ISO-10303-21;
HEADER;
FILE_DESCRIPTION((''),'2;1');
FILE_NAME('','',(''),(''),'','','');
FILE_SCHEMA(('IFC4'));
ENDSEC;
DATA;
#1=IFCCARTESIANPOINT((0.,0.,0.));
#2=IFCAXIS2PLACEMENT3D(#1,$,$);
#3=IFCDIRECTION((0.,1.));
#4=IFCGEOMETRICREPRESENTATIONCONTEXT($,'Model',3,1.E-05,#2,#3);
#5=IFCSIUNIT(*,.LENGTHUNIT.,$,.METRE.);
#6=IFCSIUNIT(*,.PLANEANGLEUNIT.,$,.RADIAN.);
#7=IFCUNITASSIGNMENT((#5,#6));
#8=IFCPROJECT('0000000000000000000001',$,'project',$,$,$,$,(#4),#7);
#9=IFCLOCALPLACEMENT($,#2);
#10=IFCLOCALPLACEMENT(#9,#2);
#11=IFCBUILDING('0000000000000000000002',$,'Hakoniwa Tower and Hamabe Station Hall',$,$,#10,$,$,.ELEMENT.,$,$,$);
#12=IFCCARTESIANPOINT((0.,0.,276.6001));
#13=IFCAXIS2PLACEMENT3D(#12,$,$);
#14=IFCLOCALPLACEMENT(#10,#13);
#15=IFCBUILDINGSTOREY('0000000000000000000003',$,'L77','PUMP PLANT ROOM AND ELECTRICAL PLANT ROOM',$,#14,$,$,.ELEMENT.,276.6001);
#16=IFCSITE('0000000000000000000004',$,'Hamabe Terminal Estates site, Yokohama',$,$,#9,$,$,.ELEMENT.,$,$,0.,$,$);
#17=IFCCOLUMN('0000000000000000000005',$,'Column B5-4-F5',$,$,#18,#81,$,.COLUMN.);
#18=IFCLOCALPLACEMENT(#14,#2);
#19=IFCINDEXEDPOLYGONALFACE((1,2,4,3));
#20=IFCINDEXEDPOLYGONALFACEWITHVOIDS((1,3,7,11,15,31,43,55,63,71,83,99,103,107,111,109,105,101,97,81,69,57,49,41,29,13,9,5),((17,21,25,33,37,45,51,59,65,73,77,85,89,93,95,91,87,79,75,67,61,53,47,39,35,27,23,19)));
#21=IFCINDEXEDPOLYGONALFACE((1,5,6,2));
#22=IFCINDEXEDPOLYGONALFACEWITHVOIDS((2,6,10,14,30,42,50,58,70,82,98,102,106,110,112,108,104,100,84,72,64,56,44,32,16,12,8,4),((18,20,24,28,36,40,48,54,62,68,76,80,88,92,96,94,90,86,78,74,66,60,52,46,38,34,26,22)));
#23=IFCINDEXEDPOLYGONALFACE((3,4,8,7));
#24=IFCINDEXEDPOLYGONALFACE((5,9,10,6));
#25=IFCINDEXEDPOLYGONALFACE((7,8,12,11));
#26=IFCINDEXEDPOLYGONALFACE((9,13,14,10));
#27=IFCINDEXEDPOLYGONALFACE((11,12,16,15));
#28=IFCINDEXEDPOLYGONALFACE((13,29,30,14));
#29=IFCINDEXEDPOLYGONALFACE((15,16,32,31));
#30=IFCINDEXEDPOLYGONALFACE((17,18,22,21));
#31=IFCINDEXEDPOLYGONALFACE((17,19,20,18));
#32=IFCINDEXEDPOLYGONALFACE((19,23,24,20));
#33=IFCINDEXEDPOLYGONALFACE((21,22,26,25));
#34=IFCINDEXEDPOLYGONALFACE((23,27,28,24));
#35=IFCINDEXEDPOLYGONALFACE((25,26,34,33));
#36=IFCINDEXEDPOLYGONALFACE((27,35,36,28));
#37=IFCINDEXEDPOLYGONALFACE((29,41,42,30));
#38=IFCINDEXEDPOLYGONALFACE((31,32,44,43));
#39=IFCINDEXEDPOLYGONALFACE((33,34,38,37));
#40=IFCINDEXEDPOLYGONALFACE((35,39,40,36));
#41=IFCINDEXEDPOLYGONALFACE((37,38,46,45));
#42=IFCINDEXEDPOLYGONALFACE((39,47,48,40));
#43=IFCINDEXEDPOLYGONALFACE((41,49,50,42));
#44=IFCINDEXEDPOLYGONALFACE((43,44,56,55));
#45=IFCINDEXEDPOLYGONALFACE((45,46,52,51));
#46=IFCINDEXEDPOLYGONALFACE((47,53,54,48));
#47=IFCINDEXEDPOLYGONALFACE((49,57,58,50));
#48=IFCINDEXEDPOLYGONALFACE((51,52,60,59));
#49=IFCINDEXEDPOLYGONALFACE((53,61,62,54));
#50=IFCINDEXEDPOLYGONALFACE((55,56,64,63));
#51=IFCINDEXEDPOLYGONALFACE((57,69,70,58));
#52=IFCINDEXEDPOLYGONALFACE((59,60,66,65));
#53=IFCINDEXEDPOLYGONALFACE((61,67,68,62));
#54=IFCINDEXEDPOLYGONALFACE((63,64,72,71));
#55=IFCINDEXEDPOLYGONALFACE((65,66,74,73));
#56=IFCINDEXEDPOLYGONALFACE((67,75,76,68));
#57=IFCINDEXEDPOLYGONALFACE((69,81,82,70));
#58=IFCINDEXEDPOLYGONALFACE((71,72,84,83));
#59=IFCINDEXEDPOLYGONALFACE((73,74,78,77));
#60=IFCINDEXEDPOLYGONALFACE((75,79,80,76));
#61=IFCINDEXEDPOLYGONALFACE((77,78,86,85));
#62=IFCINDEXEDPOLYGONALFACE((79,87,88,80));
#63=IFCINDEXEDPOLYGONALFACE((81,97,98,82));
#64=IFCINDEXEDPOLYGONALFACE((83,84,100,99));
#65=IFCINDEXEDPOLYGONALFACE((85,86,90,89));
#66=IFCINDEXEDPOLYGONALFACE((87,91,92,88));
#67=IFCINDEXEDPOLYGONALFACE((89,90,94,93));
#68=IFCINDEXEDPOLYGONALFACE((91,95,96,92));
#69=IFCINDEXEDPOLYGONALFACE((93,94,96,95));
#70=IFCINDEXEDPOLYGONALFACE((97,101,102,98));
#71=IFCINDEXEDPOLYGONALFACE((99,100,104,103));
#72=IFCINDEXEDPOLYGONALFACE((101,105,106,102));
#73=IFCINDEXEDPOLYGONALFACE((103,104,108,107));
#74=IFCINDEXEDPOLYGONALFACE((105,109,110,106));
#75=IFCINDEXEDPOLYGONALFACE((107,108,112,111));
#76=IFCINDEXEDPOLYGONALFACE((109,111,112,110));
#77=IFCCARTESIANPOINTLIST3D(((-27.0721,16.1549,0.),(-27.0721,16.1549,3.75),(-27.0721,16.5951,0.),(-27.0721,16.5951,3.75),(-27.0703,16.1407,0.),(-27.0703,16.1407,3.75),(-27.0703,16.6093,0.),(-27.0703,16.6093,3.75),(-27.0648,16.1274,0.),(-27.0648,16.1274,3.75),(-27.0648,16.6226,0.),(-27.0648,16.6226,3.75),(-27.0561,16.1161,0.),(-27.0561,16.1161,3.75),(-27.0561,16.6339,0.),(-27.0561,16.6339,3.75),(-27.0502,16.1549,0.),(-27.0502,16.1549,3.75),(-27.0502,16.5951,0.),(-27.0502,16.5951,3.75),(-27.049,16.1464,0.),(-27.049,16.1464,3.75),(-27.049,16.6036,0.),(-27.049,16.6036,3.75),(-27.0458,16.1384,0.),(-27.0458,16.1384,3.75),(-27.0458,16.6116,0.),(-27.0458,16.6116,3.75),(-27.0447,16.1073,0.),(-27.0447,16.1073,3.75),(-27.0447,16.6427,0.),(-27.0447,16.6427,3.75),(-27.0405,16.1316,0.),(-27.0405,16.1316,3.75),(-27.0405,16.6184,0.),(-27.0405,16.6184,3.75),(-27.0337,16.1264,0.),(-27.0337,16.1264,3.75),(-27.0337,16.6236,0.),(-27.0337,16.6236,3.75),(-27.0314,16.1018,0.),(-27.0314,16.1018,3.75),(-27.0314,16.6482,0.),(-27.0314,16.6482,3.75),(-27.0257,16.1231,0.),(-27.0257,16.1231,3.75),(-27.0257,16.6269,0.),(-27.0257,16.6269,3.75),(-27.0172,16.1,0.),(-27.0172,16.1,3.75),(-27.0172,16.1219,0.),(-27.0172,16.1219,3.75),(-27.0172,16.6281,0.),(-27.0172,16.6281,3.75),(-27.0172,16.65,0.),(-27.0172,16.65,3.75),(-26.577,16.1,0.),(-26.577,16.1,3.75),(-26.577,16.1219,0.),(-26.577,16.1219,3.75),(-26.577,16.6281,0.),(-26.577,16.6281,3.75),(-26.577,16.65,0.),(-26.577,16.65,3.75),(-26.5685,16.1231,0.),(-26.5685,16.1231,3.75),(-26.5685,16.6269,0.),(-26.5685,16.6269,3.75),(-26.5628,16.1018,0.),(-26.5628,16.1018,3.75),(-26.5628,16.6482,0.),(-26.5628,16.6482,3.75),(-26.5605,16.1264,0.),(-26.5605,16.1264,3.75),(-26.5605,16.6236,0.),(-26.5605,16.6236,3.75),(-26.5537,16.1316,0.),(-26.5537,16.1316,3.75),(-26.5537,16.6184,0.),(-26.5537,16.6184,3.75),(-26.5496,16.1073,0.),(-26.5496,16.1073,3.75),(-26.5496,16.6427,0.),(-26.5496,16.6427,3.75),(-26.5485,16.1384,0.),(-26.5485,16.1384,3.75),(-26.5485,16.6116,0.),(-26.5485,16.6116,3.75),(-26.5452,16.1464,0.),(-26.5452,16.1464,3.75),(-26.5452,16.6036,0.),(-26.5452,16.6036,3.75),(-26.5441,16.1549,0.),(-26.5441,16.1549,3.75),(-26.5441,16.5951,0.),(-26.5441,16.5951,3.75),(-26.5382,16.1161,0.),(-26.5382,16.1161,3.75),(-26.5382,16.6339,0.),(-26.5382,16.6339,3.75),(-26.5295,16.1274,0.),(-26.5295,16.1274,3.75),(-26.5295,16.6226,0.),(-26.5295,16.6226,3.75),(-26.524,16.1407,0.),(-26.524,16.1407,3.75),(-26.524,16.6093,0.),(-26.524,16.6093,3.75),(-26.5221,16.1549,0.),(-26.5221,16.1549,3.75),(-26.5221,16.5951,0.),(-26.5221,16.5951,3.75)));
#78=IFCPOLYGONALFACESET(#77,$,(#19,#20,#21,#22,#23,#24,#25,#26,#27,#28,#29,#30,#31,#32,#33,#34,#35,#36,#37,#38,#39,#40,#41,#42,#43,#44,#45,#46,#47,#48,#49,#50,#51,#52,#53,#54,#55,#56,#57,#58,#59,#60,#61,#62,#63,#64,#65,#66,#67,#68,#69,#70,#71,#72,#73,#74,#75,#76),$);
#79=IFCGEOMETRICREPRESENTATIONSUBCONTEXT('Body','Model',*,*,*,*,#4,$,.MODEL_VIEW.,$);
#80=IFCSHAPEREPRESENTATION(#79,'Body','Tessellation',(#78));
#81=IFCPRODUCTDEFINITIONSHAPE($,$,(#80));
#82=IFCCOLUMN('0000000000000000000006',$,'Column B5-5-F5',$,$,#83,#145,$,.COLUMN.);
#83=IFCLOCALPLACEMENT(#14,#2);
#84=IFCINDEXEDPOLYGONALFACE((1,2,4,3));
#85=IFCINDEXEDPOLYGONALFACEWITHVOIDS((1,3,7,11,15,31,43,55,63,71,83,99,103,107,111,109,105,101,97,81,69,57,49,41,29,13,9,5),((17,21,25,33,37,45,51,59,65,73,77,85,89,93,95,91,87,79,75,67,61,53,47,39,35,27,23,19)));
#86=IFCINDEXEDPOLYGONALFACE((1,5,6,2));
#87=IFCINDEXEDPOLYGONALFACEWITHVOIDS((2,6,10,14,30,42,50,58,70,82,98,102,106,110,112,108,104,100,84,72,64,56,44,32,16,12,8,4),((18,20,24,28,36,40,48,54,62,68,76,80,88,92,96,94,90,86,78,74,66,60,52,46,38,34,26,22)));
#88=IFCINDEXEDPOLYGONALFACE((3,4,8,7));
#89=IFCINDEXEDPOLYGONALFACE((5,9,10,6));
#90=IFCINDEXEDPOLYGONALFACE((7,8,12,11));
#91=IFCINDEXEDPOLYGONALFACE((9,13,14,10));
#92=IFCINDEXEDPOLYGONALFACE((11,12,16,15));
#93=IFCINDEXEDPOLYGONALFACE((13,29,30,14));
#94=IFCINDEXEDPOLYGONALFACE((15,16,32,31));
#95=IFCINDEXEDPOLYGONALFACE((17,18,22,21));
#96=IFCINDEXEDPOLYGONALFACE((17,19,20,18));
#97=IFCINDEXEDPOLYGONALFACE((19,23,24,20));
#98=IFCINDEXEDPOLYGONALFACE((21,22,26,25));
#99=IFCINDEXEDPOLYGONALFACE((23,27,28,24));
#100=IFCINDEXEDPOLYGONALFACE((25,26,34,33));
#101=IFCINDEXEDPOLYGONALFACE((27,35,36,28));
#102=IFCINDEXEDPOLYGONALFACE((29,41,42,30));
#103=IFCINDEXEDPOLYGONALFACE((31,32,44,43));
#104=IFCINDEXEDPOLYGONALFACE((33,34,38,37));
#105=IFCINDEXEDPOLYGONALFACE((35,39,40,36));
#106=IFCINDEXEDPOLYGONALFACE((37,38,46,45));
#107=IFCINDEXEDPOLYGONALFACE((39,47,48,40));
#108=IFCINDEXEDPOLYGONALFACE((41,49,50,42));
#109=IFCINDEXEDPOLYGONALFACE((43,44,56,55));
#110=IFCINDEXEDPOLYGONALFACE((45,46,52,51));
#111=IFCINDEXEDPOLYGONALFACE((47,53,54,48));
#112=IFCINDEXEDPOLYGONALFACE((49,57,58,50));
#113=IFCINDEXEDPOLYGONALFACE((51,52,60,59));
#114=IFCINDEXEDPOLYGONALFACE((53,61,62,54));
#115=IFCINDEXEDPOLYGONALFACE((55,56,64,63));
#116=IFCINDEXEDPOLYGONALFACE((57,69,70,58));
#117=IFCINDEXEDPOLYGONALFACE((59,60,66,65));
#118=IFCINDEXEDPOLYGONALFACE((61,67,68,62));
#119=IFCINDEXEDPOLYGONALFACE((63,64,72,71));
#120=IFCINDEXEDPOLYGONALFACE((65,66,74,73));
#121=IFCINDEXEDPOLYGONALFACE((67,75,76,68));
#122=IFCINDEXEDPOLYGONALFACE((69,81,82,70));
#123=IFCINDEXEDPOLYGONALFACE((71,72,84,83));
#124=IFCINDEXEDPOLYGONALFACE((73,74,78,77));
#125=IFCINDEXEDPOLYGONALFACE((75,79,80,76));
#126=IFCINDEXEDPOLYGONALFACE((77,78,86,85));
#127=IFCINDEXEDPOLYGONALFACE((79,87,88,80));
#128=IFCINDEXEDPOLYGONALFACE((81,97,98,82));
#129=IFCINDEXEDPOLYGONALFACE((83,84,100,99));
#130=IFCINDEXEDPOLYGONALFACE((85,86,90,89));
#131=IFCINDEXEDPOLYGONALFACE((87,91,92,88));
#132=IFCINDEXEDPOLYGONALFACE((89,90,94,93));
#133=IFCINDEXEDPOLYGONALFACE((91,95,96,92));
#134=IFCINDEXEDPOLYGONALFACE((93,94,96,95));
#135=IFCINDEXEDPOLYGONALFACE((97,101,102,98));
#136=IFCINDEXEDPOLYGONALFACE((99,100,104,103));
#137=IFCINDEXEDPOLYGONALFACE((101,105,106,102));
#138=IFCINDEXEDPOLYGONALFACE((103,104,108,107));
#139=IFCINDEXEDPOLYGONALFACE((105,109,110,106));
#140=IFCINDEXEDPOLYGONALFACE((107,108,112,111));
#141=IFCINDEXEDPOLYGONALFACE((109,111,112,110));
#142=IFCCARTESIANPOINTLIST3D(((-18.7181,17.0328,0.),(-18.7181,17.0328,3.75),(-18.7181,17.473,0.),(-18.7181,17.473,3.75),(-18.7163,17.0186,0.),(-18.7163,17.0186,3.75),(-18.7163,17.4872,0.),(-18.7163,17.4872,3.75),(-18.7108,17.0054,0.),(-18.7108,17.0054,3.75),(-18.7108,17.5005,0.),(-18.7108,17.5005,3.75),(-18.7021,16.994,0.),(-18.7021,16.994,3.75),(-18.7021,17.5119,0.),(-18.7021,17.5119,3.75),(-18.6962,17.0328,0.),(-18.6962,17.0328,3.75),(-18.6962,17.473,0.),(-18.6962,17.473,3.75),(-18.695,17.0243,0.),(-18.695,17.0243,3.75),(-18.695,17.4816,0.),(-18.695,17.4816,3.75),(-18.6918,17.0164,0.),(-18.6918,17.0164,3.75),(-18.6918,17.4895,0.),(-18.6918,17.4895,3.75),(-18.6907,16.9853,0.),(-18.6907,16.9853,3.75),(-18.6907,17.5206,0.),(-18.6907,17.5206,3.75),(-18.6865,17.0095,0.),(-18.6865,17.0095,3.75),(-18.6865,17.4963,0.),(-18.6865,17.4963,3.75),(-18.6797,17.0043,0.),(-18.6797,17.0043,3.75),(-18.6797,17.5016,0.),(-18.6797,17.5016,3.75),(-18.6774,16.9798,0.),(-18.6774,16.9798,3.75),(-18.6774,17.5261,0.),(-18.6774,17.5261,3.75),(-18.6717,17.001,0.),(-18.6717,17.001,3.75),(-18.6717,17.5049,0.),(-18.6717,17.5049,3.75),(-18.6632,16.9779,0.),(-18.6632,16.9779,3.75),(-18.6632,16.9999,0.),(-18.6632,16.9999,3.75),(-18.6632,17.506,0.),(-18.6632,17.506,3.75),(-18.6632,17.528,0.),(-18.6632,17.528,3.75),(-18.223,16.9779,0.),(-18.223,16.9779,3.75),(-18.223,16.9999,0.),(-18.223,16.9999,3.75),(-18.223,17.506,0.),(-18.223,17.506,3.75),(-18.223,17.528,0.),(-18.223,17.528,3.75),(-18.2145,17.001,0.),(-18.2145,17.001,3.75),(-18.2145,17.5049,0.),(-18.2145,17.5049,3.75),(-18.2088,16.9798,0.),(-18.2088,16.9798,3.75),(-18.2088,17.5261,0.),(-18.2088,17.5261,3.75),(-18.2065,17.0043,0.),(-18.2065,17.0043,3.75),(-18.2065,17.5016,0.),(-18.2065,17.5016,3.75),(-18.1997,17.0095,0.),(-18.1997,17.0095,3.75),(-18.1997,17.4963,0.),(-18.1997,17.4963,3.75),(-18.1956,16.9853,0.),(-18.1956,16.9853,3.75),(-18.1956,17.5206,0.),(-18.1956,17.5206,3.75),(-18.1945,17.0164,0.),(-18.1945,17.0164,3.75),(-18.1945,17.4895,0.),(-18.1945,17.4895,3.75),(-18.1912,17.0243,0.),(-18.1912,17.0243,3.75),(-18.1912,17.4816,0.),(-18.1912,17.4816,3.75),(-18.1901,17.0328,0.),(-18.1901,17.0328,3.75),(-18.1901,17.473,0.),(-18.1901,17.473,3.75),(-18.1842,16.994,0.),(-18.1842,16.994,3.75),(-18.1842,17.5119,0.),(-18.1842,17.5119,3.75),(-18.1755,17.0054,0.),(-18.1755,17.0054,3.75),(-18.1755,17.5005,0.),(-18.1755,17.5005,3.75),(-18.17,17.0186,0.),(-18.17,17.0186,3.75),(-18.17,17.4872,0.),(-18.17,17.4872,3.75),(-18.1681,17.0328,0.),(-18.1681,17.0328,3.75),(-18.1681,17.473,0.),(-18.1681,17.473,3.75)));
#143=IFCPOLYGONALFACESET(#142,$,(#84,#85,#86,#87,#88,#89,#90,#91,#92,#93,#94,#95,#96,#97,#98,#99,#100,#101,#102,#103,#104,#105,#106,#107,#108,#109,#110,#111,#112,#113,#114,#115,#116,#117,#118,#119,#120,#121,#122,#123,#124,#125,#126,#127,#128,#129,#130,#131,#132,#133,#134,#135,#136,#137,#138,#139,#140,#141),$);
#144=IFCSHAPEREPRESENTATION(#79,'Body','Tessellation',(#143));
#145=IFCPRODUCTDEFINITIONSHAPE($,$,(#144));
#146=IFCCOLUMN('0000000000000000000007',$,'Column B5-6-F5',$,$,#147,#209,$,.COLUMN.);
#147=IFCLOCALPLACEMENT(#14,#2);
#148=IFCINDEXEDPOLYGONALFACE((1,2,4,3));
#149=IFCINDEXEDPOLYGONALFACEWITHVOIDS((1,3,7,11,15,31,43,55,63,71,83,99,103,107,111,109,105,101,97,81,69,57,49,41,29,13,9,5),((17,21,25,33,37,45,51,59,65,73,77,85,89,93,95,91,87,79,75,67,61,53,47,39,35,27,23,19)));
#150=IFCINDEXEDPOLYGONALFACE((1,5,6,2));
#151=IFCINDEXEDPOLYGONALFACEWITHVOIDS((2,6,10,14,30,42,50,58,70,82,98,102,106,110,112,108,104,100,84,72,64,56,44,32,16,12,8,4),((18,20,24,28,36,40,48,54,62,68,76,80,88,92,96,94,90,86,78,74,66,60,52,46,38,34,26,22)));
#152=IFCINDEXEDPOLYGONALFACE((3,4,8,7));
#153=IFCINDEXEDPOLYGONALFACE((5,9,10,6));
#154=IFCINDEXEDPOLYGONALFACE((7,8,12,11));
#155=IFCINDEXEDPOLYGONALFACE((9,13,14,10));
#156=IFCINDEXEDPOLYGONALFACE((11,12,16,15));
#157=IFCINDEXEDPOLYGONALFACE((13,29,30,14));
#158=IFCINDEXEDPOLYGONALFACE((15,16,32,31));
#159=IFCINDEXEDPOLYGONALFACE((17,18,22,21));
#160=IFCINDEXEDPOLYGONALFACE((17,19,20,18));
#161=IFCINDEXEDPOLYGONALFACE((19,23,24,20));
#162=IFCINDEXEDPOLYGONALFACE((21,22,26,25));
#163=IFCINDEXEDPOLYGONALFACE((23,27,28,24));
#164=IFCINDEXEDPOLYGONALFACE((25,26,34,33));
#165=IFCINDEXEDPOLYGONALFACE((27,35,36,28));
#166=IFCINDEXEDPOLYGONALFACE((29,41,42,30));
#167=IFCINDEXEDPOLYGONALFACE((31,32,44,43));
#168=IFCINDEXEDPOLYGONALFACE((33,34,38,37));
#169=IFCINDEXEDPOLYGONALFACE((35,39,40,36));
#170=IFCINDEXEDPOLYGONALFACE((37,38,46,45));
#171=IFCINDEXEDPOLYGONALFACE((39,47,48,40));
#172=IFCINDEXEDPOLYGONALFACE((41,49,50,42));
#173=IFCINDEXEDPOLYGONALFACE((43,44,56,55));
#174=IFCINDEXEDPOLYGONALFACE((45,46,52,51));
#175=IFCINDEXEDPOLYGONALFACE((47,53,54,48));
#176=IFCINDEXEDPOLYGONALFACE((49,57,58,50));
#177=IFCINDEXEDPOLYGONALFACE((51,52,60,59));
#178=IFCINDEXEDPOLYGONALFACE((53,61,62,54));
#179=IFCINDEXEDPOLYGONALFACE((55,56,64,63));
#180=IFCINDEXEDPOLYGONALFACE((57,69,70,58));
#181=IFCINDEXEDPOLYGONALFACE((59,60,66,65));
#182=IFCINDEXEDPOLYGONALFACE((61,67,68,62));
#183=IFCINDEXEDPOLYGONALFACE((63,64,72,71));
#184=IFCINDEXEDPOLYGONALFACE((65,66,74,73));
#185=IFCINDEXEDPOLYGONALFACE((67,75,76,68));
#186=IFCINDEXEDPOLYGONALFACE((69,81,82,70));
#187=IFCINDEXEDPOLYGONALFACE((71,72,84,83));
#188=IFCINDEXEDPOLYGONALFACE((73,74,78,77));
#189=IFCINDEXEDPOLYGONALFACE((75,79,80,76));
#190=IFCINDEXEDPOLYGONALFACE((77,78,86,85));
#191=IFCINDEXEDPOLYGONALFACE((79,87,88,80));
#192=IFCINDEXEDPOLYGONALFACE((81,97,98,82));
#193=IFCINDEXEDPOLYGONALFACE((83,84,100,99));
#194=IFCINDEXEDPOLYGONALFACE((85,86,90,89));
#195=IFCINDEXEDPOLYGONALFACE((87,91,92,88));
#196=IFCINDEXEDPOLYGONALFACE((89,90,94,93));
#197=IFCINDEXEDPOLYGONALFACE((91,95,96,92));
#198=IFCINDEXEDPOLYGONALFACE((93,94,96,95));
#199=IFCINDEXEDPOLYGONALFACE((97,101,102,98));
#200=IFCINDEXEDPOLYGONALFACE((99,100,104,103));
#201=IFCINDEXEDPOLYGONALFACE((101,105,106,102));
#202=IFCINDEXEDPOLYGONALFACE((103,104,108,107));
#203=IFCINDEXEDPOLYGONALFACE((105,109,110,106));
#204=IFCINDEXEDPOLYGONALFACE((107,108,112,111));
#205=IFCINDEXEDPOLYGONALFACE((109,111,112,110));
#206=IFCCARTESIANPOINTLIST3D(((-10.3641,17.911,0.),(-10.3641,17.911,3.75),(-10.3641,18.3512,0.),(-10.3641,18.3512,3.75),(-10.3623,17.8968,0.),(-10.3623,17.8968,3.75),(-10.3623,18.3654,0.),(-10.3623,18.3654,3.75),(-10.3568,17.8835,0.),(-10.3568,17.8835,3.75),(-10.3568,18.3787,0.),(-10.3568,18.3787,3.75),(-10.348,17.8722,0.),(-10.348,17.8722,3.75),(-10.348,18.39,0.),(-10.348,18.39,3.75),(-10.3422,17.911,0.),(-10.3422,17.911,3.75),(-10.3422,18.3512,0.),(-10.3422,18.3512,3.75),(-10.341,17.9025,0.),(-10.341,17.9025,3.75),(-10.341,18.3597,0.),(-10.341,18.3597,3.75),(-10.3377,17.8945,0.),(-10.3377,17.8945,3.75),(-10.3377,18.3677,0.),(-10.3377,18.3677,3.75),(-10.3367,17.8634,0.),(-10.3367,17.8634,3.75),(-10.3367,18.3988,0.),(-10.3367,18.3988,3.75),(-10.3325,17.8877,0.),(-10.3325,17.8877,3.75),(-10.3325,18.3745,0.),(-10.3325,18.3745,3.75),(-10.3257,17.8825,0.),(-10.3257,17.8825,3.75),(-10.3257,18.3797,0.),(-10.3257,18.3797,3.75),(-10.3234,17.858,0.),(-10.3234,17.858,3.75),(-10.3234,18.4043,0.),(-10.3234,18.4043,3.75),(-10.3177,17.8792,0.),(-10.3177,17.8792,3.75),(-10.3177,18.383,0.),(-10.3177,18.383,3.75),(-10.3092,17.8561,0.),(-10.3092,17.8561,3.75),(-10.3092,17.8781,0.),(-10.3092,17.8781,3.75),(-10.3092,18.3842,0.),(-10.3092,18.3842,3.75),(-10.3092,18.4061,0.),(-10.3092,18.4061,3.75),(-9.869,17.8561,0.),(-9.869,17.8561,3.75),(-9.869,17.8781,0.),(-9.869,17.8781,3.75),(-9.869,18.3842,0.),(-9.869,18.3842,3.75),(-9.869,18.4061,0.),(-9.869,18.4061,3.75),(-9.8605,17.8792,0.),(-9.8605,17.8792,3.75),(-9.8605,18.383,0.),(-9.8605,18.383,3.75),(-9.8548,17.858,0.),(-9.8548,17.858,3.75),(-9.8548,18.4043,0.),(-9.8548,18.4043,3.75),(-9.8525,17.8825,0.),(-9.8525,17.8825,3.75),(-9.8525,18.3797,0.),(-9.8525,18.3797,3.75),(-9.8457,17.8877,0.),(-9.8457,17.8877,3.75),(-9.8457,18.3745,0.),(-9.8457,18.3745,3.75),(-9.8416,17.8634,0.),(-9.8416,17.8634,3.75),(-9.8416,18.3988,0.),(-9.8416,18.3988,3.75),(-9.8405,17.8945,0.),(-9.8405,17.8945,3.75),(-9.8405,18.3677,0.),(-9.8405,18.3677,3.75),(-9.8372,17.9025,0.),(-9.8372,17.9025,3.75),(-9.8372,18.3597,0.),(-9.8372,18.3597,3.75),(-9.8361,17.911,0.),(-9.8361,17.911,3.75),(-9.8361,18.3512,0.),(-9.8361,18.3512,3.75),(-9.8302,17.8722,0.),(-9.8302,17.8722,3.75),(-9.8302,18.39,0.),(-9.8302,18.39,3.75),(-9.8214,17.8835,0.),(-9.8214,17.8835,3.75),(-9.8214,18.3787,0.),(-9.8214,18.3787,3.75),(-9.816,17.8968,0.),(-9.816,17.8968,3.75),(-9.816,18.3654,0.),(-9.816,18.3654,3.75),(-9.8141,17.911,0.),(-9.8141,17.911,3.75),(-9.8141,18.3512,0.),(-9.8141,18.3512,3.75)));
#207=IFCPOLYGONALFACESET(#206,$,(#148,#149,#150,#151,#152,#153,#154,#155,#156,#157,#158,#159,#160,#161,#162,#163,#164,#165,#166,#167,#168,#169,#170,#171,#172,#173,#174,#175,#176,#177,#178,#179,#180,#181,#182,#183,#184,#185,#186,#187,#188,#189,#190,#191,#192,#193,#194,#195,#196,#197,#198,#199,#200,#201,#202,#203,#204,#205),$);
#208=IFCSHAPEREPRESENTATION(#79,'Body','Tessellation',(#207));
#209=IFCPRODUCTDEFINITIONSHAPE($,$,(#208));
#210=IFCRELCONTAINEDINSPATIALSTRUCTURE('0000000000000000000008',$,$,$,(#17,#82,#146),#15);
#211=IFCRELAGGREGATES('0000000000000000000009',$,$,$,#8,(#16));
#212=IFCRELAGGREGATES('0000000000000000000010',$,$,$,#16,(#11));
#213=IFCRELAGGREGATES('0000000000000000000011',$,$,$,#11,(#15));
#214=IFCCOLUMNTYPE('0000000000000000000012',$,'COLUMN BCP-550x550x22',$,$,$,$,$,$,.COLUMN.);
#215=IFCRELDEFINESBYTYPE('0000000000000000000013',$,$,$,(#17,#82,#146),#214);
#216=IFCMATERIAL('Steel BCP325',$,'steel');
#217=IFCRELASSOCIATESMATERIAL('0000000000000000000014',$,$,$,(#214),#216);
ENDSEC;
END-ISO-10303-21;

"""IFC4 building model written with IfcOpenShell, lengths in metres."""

from ifc_helpers import new_model, si_unit, direction, frame, origin, origin_2d, place, context, subcontext, project, spatial, hollow_rectangle, extrude, material, material_profile, profile_set, type_object, element, save


model = new_model("IFC4")

# Units and contexts
model_context = context("Model", 3, precision=1e-05, world=origin(), true_north=direction((0.0, 1.0)))
body_context = subcontext(model_context, "Body", "Model", "MODEL_VIEW")
ifc_project = project(units=[si_unit("LENGTHUNIT", "METRE"), si_unit("PLANEANGLEUNIT", "RADIAN")], contexts=[model_context])

# Site, building, storey
site_placement = place(None, origin())
site = spatial("IfcSite", under=ifc_project, at=site_placement, Name="Hamabe Terminal Estates site, Yokohama", CompositionType="ELEMENT", RefElevation=0.0)
building_placement = place(site_placement, origin())
building = spatial("IfcBuilding", under=site, at=building_placement, Name="Hakoniwa Tower and Hamabe Station Hall", CompositionType="ELEMENT")
storey_placement = place(building_placement, frame((0.0, 0.0, 276.6001)))
storey = spatial("IfcBuildingStorey", under=building, at=storey_placement, Name="L77", Description="PUMP PLANT ROOM AND ELECTRICAL PLANT ROOM", CompositionType="ELEMENT", Elevation=276.6001)

# Columns
ifc_material_1 = material(Name="Steel BCP325", Category="steel")
ifc_material_profile_1 = material_profile(ifc_material_1, hollow_rectangle(XDim=0.55, YDim=0.55, WallThickness=0.022, InnerFilletRadius=0.033, OuterFilletRadius=0.0549, at=origin_2d()), Name="BCP-550x550x22")
ifc_profile_set_1 = profile_set([ifc_material_profile_1], Name="Steel BCP325")
column_type_1 = type_object("IfcColumnType", Name="COLUMN BCP-550x550x22", PredefinedType="COLUMN", material=ifc_profile_set_1)
for number, where, z_axis, x_axis, name in (
    (1, (-26.7971, 16.375, 0.0), (0.0, 0.0, 1.0), (1.0, 0.0, 0.0), "Column B5-4-F5"),
    (2, (-18.4431, 17.2529, 0.0), (0.0, 0.0, 1.0), (1.0, 0.0, 0.0), "Column B5-5-F5"),
    (3, (-10.0891, 18.1311, 0.0), (0.0, 0.0, 1.0), (1.0, 0.0, 0.0), "Column B5-6-F5"),
):
    element("IfcColumn", number, at=place(storey_placement, frame(where, z_axis=z_axis, x_axis=x_axis)), inside=storey, type_object=column_type_1, Name=name, PredefinedType="COLUMN", context=body_context, shape_type="SweptSolid", body=[
        extrude(hollow_rectangle(XDim=0.55, YDim=0.55, WallThickness=0.022, InnerFilletRadius=0.033, OuterFilletRadius=0.0549, at=origin_2d()), origin(), (0.0, 0.0, 1.0), 3.75),
    ])

save(model, "model.ifc")
